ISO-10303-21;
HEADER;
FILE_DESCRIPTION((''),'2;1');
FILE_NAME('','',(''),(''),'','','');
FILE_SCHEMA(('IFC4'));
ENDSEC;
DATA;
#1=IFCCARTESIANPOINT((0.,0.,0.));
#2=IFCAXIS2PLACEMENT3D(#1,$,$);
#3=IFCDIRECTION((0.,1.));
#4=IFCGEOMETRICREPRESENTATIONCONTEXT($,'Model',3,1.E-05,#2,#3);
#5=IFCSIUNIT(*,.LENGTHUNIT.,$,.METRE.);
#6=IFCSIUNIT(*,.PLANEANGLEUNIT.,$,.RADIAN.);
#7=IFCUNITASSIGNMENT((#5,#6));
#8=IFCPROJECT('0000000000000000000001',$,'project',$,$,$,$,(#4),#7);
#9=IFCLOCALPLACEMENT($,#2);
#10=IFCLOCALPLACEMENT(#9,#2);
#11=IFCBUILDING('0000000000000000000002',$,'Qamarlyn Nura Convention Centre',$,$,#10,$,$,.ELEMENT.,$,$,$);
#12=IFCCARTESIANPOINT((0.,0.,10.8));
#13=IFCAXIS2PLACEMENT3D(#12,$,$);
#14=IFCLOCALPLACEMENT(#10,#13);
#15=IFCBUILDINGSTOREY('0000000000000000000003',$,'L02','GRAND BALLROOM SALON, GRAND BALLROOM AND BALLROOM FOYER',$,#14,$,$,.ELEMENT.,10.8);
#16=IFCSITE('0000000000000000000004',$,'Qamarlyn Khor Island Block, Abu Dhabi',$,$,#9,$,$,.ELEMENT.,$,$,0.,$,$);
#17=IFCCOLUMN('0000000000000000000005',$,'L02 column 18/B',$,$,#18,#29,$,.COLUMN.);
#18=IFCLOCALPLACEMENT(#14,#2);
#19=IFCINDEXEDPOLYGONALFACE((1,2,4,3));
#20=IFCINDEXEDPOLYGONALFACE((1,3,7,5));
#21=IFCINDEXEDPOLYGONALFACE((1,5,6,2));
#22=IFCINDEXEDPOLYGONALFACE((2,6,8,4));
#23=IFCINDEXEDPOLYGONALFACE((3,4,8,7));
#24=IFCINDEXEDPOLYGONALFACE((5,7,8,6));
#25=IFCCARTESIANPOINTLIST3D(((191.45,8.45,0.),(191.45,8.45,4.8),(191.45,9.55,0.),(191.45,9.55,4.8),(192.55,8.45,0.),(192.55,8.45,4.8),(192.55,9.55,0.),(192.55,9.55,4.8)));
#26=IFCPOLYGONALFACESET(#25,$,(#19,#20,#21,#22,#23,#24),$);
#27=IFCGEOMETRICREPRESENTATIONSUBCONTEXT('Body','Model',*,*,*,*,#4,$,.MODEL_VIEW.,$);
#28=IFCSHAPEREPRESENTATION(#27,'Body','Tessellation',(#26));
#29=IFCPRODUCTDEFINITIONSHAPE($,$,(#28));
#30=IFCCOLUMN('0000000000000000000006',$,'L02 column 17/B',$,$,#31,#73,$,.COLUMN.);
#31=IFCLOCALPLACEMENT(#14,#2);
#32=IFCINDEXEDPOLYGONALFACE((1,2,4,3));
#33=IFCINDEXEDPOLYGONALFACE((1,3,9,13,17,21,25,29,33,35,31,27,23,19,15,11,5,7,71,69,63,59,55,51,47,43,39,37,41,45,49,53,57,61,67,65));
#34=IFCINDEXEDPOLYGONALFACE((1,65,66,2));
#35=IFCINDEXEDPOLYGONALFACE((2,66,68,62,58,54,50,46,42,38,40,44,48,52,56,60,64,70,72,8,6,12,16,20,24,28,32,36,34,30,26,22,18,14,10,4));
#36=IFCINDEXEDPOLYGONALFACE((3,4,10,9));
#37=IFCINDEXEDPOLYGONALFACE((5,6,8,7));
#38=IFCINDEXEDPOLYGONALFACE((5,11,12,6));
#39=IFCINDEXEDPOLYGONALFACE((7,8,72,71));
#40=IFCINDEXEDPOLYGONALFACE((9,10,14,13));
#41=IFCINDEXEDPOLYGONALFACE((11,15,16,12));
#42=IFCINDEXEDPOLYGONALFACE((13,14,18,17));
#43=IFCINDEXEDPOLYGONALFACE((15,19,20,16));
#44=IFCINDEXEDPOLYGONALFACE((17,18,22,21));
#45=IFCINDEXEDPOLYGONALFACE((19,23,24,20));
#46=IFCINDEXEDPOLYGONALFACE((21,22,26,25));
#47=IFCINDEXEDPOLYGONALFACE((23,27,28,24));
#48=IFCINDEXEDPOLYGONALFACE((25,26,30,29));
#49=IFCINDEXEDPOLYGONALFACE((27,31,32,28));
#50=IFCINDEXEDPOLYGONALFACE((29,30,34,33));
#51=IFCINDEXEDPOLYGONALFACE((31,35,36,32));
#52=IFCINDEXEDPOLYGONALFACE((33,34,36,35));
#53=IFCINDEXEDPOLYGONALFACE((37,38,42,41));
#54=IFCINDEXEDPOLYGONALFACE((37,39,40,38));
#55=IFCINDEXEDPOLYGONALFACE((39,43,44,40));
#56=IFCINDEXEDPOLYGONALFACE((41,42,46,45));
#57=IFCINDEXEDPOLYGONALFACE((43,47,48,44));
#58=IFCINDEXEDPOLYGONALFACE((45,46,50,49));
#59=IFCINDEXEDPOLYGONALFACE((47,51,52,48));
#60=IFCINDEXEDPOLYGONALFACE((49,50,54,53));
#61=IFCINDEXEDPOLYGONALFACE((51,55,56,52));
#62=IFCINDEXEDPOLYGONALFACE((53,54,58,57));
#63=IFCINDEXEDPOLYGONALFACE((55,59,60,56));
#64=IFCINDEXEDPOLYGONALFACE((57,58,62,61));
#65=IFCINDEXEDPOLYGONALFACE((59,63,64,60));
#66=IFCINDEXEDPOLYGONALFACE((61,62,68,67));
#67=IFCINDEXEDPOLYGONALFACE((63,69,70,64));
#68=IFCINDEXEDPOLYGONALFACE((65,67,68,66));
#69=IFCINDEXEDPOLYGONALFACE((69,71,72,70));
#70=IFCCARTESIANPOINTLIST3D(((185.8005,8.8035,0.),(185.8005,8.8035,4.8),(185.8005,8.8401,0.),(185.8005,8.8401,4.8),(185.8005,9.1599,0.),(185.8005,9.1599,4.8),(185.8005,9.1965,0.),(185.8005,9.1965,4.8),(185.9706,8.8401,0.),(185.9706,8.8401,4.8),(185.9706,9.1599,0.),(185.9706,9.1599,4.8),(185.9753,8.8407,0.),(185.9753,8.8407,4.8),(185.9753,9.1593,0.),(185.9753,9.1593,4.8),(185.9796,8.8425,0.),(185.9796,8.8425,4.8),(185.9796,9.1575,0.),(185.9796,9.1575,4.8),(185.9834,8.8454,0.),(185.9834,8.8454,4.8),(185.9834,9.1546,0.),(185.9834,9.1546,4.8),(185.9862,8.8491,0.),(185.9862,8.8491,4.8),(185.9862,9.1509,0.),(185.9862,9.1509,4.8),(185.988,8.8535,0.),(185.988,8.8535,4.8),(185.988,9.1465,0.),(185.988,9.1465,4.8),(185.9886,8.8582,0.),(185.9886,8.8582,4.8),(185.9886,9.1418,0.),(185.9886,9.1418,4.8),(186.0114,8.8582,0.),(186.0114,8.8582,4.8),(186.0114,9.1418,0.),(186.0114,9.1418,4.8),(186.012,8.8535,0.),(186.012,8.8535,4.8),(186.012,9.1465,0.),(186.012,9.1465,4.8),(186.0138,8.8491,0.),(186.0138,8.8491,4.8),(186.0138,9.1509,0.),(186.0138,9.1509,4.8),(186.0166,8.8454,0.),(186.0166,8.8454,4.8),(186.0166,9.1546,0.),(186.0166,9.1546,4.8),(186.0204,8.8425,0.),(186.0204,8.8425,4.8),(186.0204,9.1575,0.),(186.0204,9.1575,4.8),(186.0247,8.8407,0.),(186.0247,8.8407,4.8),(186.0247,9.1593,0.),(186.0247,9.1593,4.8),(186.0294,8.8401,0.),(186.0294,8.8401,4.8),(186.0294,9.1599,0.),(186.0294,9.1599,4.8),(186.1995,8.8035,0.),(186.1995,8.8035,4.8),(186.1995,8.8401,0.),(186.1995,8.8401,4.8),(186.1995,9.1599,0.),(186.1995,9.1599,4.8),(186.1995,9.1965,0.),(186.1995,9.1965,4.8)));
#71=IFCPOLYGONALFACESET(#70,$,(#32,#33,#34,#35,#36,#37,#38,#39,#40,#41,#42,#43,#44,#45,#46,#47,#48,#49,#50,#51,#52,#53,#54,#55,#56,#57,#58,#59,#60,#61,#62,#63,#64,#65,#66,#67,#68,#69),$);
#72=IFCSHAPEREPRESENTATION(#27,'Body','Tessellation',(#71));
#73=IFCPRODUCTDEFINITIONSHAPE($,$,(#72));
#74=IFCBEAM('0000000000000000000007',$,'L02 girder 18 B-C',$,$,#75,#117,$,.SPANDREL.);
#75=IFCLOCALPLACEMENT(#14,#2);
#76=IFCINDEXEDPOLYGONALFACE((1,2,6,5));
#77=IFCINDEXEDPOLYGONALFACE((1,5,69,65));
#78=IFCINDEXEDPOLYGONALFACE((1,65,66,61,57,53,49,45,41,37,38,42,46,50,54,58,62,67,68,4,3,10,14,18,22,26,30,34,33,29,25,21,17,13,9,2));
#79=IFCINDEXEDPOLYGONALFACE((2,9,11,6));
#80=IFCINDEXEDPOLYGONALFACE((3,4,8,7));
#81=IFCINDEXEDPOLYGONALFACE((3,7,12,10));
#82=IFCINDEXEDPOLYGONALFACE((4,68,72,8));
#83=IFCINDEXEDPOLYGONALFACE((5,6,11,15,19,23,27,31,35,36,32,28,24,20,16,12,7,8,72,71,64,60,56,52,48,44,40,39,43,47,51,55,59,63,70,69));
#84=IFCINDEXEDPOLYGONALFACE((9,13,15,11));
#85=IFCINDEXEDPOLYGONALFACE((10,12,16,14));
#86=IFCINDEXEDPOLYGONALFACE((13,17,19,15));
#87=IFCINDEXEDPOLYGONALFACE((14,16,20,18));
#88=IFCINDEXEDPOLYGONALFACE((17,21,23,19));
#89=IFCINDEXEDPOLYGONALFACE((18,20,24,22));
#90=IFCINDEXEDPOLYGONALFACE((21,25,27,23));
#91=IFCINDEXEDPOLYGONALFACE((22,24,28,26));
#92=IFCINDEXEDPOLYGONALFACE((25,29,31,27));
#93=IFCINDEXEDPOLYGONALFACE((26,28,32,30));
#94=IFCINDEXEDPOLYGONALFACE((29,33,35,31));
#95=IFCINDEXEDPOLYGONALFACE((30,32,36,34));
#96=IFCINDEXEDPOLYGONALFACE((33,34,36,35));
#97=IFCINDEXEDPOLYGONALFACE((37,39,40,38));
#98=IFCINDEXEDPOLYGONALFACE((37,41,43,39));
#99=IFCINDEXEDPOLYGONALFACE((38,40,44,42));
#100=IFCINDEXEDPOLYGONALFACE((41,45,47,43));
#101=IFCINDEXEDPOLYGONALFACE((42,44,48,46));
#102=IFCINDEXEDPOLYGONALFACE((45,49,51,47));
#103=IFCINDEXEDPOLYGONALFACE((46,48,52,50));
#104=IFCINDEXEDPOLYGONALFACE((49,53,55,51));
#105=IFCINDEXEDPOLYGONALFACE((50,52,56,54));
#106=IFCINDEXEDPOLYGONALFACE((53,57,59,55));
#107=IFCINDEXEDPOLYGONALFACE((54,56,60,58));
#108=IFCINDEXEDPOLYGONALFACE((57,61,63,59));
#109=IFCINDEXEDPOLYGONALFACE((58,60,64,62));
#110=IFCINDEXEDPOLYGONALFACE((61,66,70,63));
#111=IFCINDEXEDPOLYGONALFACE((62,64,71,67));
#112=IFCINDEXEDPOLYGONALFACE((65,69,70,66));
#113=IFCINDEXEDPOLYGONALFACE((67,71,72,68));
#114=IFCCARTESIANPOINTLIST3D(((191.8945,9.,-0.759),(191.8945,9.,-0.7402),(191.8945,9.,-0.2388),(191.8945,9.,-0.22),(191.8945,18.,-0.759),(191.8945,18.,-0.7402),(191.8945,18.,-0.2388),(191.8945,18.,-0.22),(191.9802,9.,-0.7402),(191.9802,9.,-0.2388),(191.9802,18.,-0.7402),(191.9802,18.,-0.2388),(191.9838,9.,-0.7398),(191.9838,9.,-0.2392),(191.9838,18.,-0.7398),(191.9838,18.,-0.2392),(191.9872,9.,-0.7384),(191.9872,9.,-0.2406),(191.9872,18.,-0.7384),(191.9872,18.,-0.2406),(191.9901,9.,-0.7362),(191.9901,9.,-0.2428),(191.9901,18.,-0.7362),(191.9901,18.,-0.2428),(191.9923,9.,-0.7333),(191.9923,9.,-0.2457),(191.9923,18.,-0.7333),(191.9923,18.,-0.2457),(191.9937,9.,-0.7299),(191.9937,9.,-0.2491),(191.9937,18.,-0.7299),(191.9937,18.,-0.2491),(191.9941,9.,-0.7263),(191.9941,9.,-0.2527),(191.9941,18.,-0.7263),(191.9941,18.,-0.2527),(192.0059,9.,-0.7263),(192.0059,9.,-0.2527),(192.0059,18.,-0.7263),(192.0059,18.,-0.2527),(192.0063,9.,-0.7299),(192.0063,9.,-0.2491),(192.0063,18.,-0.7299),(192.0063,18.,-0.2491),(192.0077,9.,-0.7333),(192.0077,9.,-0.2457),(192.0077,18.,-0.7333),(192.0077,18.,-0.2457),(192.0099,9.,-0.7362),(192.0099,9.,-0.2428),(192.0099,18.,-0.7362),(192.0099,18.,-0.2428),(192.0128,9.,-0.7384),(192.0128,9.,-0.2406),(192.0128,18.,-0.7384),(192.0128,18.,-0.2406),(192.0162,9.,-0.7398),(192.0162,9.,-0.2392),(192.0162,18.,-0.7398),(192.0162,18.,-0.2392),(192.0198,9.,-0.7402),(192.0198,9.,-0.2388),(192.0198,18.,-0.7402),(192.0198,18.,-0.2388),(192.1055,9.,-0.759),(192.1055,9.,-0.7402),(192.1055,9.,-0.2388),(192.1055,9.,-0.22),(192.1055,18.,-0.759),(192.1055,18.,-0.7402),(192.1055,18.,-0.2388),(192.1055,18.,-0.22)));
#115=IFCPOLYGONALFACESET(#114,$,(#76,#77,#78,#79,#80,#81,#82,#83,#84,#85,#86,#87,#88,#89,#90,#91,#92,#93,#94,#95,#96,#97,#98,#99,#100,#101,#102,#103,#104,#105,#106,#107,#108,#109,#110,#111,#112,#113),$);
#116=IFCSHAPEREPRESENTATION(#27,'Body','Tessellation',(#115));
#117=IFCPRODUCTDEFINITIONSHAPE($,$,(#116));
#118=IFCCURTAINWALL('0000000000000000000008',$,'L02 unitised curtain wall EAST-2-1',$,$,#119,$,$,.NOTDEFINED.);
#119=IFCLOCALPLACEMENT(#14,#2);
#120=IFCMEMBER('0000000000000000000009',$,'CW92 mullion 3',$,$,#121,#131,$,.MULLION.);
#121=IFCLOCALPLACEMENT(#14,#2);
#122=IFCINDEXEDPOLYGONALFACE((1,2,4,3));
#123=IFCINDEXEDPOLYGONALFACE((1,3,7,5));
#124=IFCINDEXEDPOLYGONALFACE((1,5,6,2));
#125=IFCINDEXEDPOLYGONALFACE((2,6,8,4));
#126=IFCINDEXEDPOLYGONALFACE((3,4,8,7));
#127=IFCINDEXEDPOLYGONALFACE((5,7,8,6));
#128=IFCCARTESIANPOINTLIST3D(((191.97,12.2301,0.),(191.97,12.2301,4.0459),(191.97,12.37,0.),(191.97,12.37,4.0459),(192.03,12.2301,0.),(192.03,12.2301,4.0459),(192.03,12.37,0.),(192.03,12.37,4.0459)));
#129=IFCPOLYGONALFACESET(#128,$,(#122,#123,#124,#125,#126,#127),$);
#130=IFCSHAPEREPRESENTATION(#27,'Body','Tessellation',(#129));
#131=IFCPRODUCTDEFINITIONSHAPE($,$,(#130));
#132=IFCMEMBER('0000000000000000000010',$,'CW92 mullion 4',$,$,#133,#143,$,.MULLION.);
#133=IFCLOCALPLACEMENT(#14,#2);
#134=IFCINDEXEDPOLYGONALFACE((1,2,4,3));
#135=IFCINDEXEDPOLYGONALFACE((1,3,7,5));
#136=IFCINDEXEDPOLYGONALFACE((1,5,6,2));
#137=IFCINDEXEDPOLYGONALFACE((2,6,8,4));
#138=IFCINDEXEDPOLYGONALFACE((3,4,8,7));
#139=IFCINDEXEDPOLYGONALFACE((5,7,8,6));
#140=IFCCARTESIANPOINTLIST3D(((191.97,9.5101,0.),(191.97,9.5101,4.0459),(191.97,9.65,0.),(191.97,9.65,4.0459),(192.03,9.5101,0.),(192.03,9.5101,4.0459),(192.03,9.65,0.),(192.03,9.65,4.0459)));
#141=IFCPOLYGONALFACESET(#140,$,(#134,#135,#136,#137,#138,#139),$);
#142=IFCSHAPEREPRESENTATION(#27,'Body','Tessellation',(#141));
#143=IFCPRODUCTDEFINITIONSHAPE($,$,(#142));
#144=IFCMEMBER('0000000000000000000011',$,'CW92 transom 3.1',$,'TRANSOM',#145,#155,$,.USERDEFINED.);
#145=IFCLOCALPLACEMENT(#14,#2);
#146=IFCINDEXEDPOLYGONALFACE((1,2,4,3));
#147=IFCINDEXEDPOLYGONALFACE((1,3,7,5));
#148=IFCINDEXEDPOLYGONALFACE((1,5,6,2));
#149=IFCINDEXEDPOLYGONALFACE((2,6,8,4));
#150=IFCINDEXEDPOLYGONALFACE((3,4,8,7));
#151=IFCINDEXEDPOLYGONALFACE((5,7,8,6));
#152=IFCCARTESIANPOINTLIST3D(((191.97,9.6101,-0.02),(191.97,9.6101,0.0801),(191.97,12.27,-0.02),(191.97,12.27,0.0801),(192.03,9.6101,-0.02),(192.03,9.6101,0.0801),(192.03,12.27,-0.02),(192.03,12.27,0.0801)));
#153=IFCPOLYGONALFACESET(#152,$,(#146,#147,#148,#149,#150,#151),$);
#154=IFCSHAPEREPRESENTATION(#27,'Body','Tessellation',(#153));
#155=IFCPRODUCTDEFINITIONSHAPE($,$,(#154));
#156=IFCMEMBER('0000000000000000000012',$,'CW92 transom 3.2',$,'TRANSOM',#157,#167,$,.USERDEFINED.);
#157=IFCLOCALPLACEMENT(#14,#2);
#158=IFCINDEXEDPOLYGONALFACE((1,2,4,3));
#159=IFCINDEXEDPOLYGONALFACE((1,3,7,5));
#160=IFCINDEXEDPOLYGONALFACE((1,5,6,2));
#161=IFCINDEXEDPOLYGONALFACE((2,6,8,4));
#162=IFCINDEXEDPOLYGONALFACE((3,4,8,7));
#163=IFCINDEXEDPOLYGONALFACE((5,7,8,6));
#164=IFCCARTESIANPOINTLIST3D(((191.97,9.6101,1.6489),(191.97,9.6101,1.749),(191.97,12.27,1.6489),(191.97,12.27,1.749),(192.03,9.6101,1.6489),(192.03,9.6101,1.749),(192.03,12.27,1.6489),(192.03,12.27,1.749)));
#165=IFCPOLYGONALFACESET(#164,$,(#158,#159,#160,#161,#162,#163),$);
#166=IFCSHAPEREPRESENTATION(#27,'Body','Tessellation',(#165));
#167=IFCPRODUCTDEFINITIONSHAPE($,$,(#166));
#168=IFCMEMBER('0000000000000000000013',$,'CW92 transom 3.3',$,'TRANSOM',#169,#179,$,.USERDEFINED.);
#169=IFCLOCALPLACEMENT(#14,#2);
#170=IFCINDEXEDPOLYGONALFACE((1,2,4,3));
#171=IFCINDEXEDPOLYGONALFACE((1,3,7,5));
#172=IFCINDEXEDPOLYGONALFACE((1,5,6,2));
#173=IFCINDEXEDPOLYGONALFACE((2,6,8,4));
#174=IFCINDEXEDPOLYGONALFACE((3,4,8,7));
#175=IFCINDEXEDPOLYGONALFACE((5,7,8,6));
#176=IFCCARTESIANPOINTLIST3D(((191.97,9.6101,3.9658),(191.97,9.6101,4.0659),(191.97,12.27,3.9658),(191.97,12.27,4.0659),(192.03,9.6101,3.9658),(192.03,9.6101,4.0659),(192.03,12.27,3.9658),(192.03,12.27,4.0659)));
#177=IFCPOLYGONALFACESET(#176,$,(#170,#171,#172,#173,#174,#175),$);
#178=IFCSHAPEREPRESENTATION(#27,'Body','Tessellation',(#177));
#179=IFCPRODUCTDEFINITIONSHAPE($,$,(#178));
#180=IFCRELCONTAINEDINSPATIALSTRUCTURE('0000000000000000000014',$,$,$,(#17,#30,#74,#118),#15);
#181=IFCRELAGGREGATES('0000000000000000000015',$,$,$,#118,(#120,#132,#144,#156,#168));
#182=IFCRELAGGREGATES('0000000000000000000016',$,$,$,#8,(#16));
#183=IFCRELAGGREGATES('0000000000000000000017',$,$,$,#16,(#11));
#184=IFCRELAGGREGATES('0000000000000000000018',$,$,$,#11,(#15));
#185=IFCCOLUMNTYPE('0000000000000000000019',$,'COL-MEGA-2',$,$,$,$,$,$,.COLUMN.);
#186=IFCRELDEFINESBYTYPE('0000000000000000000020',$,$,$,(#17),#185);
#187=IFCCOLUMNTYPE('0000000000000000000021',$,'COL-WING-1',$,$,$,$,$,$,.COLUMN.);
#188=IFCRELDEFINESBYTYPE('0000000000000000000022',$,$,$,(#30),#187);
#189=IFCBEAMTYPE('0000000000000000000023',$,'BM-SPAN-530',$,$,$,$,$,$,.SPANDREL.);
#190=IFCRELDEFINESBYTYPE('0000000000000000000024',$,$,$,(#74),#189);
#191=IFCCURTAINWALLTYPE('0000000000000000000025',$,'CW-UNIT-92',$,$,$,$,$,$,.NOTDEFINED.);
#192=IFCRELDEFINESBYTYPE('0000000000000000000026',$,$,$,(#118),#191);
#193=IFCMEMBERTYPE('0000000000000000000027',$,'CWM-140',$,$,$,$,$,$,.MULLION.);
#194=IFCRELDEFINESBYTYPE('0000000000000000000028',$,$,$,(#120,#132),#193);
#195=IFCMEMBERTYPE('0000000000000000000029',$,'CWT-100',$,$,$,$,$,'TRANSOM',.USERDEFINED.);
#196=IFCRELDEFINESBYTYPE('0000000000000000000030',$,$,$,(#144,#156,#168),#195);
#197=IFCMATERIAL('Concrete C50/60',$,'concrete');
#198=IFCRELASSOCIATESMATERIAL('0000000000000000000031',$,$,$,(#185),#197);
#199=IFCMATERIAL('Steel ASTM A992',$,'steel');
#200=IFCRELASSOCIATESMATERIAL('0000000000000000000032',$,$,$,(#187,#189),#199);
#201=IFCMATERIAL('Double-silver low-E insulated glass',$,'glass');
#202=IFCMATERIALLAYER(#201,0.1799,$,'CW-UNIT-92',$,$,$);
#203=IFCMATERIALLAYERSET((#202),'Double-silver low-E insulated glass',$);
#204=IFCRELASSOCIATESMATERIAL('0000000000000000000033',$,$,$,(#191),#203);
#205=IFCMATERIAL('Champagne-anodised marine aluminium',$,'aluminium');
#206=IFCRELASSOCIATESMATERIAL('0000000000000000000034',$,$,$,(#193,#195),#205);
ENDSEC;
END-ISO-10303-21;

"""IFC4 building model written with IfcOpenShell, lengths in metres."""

from ifc_helpers import new_model, si_unit, direction, frame, origin, origin_2d, place, context, subcontext, project, spatial, rectangle, i_section, extrude, material, layer, layer_set, material_profile, profile_set, type_object, element, aggregate, save


model = new_model("IFC4")

# Units and contexts
model_context = context("Model", 3, precision=1e-05, world=origin(), true_north=direction((0.0, 1.0)))
body_context = subcontext(model_context, "Body", "Model", "MODEL_VIEW")
ifc_project = project(units=[si_unit("LENGTHUNIT", "METRE"), si_unit("PLANEANGLEUNIT", "RADIAN")], contexts=[model_context])

# Site, building, storey
site_placement = place(None, origin())
site = spatial("IfcSite", under=ifc_project, at=site_placement, Name="Qamarlyn Khor Island Block, Abu Dhabi", CompositionType="ELEMENT", RefElevation=0.0)
building_placement = place(site_placement, origin())
building = spatial("IfcBuilding", under=site, at=building_placement, Name="Qamarlyn Nura Convention Centre", CompositionType="ELEMENT")
storey_placement = place(building_placement, frame((0.0, 0.0, 10.8)))
storey = spatial("IfcBuildingStorey", under=building, at=storey_placement, Name="L02", Description="GRAND BALLROOM SALON, GRAND BALLROOM AND BALLROOM FOYER", CompositionType="ELEMENT", Elevation=10.8)

# Columns
ifc_material_1 = material(Name="Concrete C50/60", Category="concrete")
ifc_material_profile_1 = material_profile(ifc_material_1, rectangle(XDim=1.1001, YDim=1.1001, at=origin_2d()), Name="RC 1100x1100")
ifc_profile_set_1 = profile_set([ifc_material_profile_1], Name="Concrete C50/60")
column_type_1 = type_object("IfcColumnType", Name="COL-MEGA-2", PredefinedType="COLUMN", material=ifc_profile_set_1)
column_1_placement = place(storey_placement, frame((192.0, 9.0, 0.0), z_axis=(0.0, 0.0, 1.0), x_axis=(1.0, 0.0, 0.0)))
element("IfcColumn", 1, at=column_1_placement, inside=storey, type_object=column_type_1, Name="L02 column 18/B", PredefinedType="COLUMN", context=body_context, shape_type="SweptSolid", body=[
    extrude(rectangle(XDim=1.1001, YDim=1.1001, at=origin_2d()), origin(), (0.0, 0.0, 1.0), 4.8),
])
ifc_material_2 = material(Name="Steel ASTM A992", Category="steel")
ifc_material_profile_2 = material_profile(ifc_material_2, i_section(OverallWidth=0.3989, OverallDepth=0.3931, WebThickness=0.0227, FlangeThickness=0.0366, FilletRadius=0.0181, at=origin_2d()), Name="W360X287")
ifc_profile_set_2 = profile_set([ifc_material_profile_2], Name="Steel ASTM A992")
column_type_2 = type_object("IfcColumnType", Name="COL-WING-1", PredefinedType="COLUMN", material=ifc_profile_set_2)
column_2_placement = place(storey_placement, frame((186.0, 9.0, 0.0), z_axis=(0.0, 0.0, 1.0), x_axis=(1.0, 0.0, 0.0)))
element("IfcColumn", 2, at=column_2_placement, inside=storey, type_object=column_type_2, Name="L02 column 17/B", PredefinedType="COLUMN", context=body_context, shape_type="SweptSolid", body=[
    extrude(i_section(OverallWidth=0.3989, OverallDepth=0.3931, WebThickness=0.0227, FlangeThickness=0.0366, FilletRadius=0.0181, at=origin_2d()), origin(), (0.0, 0.0, 1.0), 4.8),
])

# Beam
ifc_material_profile_3 = material_profile(ifc_material_2, i_section(OverallWidth=0.2109, OverallDepth=0.5391, WebThickness=0.0117, FlangeThickness=0.0188, FilletRadius=0.0139, at=origin_2d()), Name="W530X109")
ifc_profile_set_3 = profile_set([ifc_material_profile_3], Name="Steel ASTM A992")
beam_type = type_object("IfcBeamType", Name="BM-SPAN-530", PredefinedType="SPANDREL", material=ifc_profile_set_3)
beam_placement = place(storey_placement, frame((192.0, 9.0, -0.4895), z_axis=(0.0, 1.0, 0.0), x_axis=(-1.0, 0.0, 0.0)))
element("IfcBeam", 3, at=beam_placement, inside=storey, type_object=beam_type, Name="L02 girder 18 B-C", PredefinedType="SPANDREL", context=body_context, shape_type="SweptSolid", body=[
    extrude(i_section(OverallWidth=0.2109, OverallDepth=0.5391, WebThickness=0.0117, FlangeThickness=0.0188, FilletRadius=0.0139, at=origin_2d()), origin(), (0.0, 0.0, 1.0), 9.0),
])

# Curtain wall, members
ifc_material_3 = material(Name="Double-silver low-E insulated glass", Category="glass")
ifc_layer_1 = layer(ifc_material_3, 0.1799, Name="CW-UNIT-92")
ifc_layer_set_1 = layer_set([ifc_layer_1], Name="Double-silver low-E insulated glass")
curtain_wall_type = type_object("IfcCurtainWallType", Name="CW-UNIT-92", PredefinedType="NOTDEFINED", material=ifc_layer_set_1)
curtain_wall_placement = place(storey_placement, origin())
curtain_wall = element("IfcCurtainWall", 4, at=curtain_wall_placement, inside=storey, type_object=curtain_wall_type, Name="L02 unitised curtain wall EAST-2-1", PredefinedType="NOTDEFINED")
ifc_material_4 = material(Name="Champagne-anodised marine aluminium", Category="aluminium")
ifc_material_profile_4 = material_profile(ifc_material_4, rectangle(XDim=0.0601, YDim=0.1399, at=origin_2d()), Name="ALU MULLION 60x140")
ifc_profile_set_4 = profile_set([ifc_material_profile_4], Name="Champagne-anodised marine aluminium")
member_type_1 = type_object("IfcMemberType", Name="CWM-140", PredefinedType="MULLION", material=ifc_profile_set_4)
member_1_placement = place(storey_placement, frame((192.0, 12.3, 0.0), z_axis=(0.0, 0.0, 1.0), x_axis=(1.0, 0.0, 0.0)))
member_1 = element("IfcMember", 5, at=member_1_placement, type_object=member_type_1, Name="CW92 mullion 3", PredefinedType="MULLION", context=body_context, shape_type="SweptSolid", body=[
    extrude(rectangle(XDim=0.0601, YDim=0.1399, at=origin_2d()), origin(), (0.0, 0.0, 1.0), 4.0459),
])
member_2_placement = place(storey_placement, frame((192.0, 9.5801, 0.0), z_axis=(0.0, 0.0, 1.0), x_axis=(1.0, 0.0, 0.0)))
member_2 = element("IfcMember", 6, at=member_2_placement, type_object=member_type_1, Name="CW92 mullion 4", PredefinedType="MULLION", context=body_context, shape_type="SweptSolid", body=[
    extrude(rectangle(XDim=0.0601, YDim=0.1399, at=origin_2d()), origin(), (0.0, 0.0, 1.0), 4.0459),
])
ifc_material_profile_5 = material_profile(ifc_material_4, rectangle(XDim=0.0601, YDim=0.1001, at=origin_2d()), Name="ALU TRANSOM 60x100")
ifc_profile_set_5 = profile_set([ifc_material_profile_5], Name="Champagne-anodised marine aluminium")
member_type_2 = type_object("IfcMemberType", Name="CWT-100", ElementType="TRANSOM", PredefinedType="USERDEFINED", material=ifc_profile_set_5)
member_3_placement = place(storey_placement, frame((192.0, 12.27, 0.03), z_axis=(0.0, -1.0, 0.0), x_axis=(1.0, 0.0, 0.0)))
member_3 = element("IfcMember", 7, at=member_3_placement, type_object=member_type_2, Name="CW92 transom 3.1", ObjectType="TRANSOM", PredefinedType="USERDEFINED", context=body_context, shape_type="SweptSolid", body=[
    extrude(rectangle(XDim=0.0601, YDim=0.1001, at=origin_2d()), origin(), (0.0, 0.0, 1.0), 2.6599),
])
member_4_placement = place(storey_placement, frame((192.0, 12.27, 1.699), z_axis=(0.0, -1.0, 0.0), x_axis=(1.0, 0.0, 0.0)))
member_4 = element("IfcMember", 8, at=member_4_placement, type_object=member_type_2, Name="CW92 transom 3.2", ObjectType="TRANSOM", PredefinedType="USERDEFINED", context=body_context, shape_type="SweptSolid", body=[
    extrude(rectangle(XDim=0.0601, YDim=0.1001, at=origin_2d()), origin(), (0.0, 0.0, 1.0), 2.6599),
])
member_5_placement = place(storey_placement, frame((192.0, 12.27, 4.0159), z_axis=(0.0, -1.0, 0.0), x_axis=(1.0, 0.0, 0.0)))
member_5 = element("IfcMember", 9, at=member_5_placement, type_object=member_type_2, Name="CW92 transom 3.3", ObjectType="TRANSOM", PredefinedType="USERDEFINED", context=body_context, shape_type="SweptSolid", body=[
    extrude(rectangle(XDim=0.0601, YDim=0.1001, at=origin_2d()), origin(), (0.0, 0.0, 1.0), 2.6599),
])
aggregate(curtain_wall, [member_1, member_2, member_3, member_4, member_5])

save(model, "model.ifc")
